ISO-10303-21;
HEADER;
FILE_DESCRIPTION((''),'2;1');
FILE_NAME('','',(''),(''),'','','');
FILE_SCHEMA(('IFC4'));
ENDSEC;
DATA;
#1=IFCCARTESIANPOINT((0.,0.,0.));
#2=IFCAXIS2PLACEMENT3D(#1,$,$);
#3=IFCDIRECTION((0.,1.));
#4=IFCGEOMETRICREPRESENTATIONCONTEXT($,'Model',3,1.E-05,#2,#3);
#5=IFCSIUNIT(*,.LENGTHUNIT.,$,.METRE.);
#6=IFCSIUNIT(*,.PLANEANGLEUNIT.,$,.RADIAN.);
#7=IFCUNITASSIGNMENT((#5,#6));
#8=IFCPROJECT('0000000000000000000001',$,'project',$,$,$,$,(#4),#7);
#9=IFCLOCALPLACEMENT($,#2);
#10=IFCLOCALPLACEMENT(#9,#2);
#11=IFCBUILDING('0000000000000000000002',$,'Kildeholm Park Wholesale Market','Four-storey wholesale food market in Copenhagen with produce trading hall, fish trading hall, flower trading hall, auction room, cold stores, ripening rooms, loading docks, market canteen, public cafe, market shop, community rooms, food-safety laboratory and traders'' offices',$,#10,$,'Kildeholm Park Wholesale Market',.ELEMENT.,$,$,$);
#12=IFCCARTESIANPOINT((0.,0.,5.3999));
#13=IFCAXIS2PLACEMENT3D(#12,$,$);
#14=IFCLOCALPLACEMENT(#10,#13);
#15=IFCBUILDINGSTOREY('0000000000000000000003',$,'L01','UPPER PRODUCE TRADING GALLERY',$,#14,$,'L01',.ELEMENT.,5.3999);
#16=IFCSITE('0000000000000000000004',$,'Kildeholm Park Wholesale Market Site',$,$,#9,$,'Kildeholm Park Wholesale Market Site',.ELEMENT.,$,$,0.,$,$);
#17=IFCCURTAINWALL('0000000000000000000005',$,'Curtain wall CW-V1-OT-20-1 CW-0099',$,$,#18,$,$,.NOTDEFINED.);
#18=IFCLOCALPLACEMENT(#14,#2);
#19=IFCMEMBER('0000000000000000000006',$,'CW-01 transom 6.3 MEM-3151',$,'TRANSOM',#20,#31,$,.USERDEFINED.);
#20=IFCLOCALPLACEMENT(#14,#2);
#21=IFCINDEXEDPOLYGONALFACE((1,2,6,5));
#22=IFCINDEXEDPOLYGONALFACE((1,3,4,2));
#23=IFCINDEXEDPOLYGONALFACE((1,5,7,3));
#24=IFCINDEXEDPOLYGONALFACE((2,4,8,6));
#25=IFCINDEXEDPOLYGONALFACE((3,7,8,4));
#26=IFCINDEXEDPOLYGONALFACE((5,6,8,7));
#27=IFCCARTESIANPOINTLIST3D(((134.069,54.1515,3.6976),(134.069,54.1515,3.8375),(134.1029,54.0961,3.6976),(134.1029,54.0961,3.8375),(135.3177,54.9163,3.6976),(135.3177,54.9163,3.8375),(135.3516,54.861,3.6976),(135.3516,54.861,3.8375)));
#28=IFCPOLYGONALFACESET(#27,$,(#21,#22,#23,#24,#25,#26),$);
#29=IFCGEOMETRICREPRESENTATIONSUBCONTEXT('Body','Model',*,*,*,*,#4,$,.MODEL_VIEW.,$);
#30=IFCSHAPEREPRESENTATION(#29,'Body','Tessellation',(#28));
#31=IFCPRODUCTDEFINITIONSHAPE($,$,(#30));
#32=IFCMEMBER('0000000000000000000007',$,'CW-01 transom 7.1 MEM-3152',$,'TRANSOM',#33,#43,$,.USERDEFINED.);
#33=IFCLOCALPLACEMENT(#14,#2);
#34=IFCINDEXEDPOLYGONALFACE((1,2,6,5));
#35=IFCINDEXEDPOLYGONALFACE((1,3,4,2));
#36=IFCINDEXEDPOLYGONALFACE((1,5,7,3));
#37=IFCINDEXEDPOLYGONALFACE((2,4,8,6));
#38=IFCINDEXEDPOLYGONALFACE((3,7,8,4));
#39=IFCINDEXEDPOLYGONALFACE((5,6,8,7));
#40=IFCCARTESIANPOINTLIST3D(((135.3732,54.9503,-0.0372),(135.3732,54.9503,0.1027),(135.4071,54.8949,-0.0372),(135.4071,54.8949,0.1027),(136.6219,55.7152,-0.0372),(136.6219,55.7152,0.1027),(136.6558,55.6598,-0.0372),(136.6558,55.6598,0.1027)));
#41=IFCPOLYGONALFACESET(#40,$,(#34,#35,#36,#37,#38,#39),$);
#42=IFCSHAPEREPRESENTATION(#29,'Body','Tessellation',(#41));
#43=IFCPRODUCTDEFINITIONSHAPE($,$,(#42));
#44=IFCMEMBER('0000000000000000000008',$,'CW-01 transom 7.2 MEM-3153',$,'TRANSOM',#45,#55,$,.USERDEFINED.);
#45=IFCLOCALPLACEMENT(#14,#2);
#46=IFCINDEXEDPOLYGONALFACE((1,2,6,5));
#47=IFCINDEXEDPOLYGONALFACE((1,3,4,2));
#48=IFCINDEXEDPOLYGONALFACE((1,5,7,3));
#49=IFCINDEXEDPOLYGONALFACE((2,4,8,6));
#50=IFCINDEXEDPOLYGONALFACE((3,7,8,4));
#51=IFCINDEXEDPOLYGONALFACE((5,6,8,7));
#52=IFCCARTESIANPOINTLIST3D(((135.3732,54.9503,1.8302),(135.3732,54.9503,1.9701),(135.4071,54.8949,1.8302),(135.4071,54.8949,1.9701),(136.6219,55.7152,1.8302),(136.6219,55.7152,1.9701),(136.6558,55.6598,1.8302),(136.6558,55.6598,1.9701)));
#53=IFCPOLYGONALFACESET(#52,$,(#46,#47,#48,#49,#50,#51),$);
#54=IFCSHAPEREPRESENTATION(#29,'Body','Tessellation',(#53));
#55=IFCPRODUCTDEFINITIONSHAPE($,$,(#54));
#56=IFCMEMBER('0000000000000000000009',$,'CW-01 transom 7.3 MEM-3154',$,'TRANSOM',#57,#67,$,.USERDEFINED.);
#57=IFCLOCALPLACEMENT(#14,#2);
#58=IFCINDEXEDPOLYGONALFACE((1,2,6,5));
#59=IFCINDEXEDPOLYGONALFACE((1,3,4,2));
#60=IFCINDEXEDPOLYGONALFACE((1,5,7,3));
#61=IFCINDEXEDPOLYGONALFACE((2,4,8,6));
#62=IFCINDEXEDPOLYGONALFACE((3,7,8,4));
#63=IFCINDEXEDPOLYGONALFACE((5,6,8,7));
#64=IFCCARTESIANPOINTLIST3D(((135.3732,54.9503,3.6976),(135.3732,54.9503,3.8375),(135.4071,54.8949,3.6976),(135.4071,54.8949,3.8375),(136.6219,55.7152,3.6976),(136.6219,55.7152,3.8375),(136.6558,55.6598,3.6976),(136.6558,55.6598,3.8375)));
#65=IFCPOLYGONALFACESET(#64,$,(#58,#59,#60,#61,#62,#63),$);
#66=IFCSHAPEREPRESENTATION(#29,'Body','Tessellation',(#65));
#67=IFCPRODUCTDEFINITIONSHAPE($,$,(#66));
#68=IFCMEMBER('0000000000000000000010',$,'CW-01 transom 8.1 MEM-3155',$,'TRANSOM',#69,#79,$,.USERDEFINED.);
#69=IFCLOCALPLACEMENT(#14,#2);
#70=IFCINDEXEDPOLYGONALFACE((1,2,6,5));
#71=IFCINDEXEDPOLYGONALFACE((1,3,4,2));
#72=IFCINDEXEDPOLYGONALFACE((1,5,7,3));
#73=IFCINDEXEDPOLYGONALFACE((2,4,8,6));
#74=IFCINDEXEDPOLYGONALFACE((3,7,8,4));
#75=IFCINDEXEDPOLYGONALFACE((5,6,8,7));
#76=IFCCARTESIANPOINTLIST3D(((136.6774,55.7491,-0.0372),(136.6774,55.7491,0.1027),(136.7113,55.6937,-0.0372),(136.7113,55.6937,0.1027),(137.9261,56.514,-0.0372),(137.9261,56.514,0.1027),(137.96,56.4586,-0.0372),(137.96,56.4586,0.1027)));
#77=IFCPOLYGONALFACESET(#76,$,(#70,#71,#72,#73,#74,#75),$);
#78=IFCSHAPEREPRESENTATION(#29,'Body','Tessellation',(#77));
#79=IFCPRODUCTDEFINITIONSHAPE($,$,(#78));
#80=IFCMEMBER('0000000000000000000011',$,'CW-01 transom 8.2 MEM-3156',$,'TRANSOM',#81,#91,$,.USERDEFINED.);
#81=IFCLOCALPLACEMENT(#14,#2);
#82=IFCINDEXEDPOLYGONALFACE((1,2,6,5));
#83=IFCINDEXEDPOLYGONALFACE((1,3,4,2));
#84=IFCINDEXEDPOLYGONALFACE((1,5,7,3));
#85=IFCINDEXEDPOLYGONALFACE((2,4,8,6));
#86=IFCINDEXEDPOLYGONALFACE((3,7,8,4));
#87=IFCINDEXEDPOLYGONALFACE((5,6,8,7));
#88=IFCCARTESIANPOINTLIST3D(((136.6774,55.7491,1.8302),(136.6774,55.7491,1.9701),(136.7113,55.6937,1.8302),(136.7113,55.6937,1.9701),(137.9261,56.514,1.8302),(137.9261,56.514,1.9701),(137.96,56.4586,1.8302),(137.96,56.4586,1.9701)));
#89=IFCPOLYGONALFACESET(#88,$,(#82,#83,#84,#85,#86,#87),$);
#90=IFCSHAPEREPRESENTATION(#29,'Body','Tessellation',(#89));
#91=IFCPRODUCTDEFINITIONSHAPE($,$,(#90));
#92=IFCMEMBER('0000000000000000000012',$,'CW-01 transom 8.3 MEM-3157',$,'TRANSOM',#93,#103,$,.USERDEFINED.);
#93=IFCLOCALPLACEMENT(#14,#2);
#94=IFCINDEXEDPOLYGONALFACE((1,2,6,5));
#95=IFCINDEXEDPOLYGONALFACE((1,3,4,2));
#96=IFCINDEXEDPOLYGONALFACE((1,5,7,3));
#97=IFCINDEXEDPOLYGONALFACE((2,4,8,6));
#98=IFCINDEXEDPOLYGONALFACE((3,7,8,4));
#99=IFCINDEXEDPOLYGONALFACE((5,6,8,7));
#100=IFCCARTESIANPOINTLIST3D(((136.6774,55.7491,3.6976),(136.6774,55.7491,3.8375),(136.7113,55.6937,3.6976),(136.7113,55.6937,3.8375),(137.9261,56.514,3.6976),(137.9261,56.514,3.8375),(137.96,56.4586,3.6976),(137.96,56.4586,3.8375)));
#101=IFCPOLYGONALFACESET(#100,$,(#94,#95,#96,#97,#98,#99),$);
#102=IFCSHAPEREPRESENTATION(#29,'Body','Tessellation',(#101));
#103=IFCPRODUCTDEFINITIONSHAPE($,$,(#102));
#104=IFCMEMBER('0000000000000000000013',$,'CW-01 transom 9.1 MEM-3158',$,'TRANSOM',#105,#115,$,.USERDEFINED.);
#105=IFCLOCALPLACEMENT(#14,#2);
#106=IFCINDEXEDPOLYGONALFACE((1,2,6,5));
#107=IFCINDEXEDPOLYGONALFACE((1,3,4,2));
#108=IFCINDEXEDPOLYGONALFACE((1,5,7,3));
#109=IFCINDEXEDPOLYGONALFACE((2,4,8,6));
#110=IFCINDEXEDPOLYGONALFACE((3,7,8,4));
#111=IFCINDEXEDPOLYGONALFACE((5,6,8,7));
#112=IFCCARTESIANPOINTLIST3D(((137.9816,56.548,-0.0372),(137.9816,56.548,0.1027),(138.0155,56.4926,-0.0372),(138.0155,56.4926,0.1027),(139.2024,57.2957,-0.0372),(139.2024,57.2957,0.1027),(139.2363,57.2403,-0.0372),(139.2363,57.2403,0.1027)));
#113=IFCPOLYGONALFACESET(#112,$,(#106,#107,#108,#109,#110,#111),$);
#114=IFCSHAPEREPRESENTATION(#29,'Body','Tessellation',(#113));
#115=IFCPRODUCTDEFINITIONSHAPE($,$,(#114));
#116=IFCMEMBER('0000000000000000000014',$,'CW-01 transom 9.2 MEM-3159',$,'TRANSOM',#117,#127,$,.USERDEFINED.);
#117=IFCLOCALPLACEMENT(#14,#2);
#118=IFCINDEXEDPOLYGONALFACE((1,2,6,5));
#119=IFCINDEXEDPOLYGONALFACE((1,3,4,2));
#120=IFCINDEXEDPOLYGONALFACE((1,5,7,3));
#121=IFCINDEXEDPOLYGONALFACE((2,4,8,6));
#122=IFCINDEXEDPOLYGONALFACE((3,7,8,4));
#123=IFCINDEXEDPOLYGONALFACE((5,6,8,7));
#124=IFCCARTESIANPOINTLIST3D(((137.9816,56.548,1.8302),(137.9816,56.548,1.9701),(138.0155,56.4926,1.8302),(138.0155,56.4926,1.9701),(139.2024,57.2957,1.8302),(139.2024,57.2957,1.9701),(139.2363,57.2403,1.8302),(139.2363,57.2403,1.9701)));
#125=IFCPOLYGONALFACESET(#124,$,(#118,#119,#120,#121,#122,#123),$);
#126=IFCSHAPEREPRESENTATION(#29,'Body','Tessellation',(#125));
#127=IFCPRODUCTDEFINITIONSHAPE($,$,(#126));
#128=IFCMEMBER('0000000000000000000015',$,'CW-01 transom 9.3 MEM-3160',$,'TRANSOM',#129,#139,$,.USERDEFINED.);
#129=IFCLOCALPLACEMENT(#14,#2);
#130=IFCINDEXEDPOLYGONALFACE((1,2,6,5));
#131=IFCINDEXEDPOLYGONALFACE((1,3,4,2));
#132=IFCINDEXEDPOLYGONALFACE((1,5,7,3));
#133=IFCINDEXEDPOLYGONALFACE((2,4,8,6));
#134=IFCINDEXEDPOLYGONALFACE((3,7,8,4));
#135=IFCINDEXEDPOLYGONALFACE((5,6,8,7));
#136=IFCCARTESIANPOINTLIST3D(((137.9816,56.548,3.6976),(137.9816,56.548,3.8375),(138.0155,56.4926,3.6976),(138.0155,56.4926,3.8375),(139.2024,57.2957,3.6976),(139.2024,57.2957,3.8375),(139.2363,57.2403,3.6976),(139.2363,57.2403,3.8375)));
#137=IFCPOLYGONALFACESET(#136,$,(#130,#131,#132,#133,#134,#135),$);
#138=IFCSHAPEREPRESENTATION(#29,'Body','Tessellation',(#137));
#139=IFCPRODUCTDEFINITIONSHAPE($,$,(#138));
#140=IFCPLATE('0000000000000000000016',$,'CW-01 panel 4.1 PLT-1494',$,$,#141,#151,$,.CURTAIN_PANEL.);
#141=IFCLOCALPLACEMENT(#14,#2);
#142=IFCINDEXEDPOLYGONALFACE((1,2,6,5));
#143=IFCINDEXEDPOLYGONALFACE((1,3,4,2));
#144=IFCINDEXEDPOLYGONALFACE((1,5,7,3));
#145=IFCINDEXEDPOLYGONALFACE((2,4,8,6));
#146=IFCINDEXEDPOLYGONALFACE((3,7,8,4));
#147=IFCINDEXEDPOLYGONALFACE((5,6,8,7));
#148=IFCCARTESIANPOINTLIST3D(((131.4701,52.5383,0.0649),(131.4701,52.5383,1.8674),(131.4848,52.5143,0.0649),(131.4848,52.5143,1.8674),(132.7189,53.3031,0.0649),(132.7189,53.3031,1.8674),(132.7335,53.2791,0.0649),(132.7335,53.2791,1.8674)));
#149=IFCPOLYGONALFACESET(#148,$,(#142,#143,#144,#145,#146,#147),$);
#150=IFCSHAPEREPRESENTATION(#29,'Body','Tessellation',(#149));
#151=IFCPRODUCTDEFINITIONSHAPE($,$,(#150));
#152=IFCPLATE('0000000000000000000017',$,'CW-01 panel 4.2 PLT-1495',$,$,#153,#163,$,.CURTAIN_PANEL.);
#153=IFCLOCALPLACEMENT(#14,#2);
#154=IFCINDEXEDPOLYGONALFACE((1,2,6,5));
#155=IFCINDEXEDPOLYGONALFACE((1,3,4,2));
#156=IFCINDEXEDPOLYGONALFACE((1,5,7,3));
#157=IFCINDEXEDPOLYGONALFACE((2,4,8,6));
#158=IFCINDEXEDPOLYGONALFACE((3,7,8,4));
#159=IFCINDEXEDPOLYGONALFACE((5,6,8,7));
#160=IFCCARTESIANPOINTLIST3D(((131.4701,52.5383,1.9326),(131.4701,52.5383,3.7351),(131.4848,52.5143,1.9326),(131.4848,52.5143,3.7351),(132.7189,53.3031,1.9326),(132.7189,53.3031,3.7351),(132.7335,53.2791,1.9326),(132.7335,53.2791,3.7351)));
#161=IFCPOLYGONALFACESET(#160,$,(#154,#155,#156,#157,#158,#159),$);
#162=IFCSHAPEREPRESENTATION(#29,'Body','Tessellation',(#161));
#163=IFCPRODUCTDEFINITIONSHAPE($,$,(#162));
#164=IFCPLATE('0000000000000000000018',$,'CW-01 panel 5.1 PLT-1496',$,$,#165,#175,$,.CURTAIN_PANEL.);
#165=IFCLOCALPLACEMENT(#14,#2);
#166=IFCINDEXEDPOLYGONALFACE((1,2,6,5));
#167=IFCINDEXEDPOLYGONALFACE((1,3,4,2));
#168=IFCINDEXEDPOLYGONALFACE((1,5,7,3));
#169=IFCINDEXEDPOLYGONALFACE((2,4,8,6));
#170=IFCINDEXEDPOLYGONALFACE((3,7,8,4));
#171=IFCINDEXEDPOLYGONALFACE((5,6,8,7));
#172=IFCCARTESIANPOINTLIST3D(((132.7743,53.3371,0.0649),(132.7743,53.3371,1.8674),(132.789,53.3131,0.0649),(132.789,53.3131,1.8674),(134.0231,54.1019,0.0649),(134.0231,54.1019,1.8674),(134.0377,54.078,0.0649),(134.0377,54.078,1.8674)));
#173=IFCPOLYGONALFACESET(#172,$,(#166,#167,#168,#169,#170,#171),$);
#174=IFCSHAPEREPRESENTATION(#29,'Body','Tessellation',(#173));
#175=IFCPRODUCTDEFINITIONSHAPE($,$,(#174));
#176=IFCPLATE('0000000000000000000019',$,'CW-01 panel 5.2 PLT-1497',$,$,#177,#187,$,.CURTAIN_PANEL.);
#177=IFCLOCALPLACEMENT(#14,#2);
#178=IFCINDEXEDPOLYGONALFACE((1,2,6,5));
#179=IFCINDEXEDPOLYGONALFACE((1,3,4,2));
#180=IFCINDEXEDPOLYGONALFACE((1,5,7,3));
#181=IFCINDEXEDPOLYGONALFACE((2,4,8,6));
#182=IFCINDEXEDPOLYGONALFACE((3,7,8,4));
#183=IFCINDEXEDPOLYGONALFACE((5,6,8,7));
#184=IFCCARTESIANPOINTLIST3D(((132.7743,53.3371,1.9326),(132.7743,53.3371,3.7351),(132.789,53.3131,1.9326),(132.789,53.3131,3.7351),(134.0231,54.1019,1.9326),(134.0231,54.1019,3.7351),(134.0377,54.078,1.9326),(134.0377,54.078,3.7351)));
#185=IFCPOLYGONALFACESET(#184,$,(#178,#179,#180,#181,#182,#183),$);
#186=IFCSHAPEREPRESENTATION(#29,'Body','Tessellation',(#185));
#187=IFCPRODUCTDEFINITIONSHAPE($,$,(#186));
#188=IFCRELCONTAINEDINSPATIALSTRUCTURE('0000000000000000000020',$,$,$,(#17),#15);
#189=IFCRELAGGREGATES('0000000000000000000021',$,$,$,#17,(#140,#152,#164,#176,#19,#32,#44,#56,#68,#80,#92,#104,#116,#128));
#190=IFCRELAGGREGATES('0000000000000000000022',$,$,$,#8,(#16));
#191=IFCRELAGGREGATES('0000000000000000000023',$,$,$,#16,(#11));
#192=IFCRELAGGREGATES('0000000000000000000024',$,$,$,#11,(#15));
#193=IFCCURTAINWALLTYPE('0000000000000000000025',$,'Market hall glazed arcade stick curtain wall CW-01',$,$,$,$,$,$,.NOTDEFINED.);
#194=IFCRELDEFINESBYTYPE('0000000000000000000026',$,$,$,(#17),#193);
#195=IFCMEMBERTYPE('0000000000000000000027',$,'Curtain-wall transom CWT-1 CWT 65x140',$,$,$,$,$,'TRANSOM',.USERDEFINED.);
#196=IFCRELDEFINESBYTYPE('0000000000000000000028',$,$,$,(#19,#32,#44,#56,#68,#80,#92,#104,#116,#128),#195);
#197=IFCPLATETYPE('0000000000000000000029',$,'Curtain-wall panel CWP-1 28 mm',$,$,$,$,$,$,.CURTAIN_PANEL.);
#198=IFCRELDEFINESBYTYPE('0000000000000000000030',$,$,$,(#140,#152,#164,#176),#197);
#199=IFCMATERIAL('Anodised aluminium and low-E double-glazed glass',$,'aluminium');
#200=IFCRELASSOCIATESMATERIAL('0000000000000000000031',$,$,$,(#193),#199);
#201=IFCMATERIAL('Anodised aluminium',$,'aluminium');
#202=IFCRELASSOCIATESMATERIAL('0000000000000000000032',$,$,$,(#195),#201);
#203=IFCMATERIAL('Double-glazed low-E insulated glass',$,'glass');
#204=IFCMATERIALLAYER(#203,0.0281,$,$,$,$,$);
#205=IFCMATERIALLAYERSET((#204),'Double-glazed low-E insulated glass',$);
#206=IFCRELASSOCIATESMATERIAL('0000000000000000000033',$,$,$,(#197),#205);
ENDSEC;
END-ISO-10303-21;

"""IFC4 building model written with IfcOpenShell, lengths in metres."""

from ifc_helpers import new_model, si_unit, direction, frame, origin, origin_2d, place, context, subcontext, project, spatial, rectangle, extrude, material, layer, layer_set, material_profile, profile_set, type_object, element, aggregate, save


model = new_model("IFC4")

# Units and contexts
model_context = context("Model", 3, precision=1e-05, world=origin(), true_north=direction((0.0, 1.0)))
body_context = subcontext(model_context, "Body", "Model", "MODEL_VIEW")
ifc_project = project(units=[si_unit("LENGTHUNIT", "METRE"), si_unit("PLANEANGLEUNIT", "RADIAN")], contexts=[model_context])

# Site, building, storey
site_placement = place(None, origin())
site = spatial("IfcSite", under=ifc_project, at=site_placement, Name="Kildeholm Park Wholesale Market Site", LongName="Kildeholm Park Wholesale Market Site", CompositionType="ELEMENT", RefElevation=0.0)
building_placement = place(site_placement, origin())
building = spatial("IfcBuilding", under=site, at=building_placement, Name="Kildeholm Park Wholesale Market", Description="Four-storey wholesale food market in Copenhagen with produce trading hall, fish trading hall, flower trading hall, auction room, cold stores, ripening rooms, loading docks, market canteen, public cafe, market shop, community rooms, food-safety laboratory and traders' offices", LongName="Kildeholm Park Wholesale Market", CompositionType="ELEMENT")
storey_placement = place(building_placement, frame((0.0, 0.0, 5.3999)))
storey = spatial("IfcBuildingStorey", under=building, at=storey_placement, Name="L01", Description="UPPER PRODUCE TRADING GALLERY", LongName="L01", CompositionType="ELEMENT", Elevation=5.3999)

# Curtain wall, members, plates
ifc_material_1 = material(Name="Anodised aluminium and low-E double-glazed glass", Category="aluminium")
curtain_wall_type = type_object("IfcCurtainWallType", Name="Market hall glazed arcade stick curtain wall CW-01", PredefinedType="NOTDEFINED", material=ifc_material_1)
curtain_wall_placement = place(storey_placement, origin())
curtain_wall = element("IfcCurtainWall", 1, at=curtain_wall_placement, inside=storey, type_object=curtain_wall_type, Name="Curtain wall CW-V1-OT-20-1 CW-0099", PredefinedType="NOTDEFINED")
ifc_material_2 = material(Name="Anodised aluminium", Category="aluminium")
ifc_material_profile_1 = material_profile(ifc_material_2, rectangle(XDim=0.0649, YDim=0.1399, at=origin_2d()), Name="CWT 65x140")
ifc_profile_set_1 = profile_set([ifc_material_profile_1], Name="Anodised aluminium")
member_type_1 = type_object("IfcMemberType", Name="Curtain-wall transom CWT-1 CWT 65x140", ElementType="TRANSOM", PredefinedType="USERDEFINED", material=ifc_profile_set_1)
member_1_placement = place(storey_placement, frame((134.0859, 54.1238, 3.7676), z_axis=(0.85275, 0.52232, 0.0), x_axis=(-0.52232, 0.85275, 0.0)))
member_1 = element("IfcMember", 2, at=member_1_placement, type_object=member_type_1, Name="CW-01 transom 6.3 MEM-3151", ObjectType="TRANSOM", PredefinedType="USERDEFINED", context=body_context, shape_type="SweptSolid", body=[
    extrude(rectangle(XDim=0.0649, YDim=0.1399, at=origin_2d()), origin(), (0.0, 0.0, 1.0), 1.4644),
])
member_2_placement = place(storey_placement, frame((135.3901, 54.9226, 0.0327), z_axis=(0.85275, 0.52232, 0.0), x_axis=(-0.52232, 0.85275, 0.0)))
member_2 = element("IfcMember", 3, at=member_2_placement, type_object=member_type_1, Name="CW-01 transom 7.1 MEM-3152", ObjectType="TRANSOM", PredefinedType="USERDEFINED", context=body_context, shape_type="SweptSolid", body=[
    extrude(rectangle(XDim=0.0649, YDim=0.1399, at=origin_2d()), origin(), (0.0, 0.0, 1.0), 1.4644),
])
member_3_placement = place(storey_placement, frame((135.3901, 54.9226, 1.9001), z_axis=(0.85275, 0.52232, 0.0), x_axis=(-0.52232, 0.85275, 0.0)))
member_3 = element("IfcMember", 4, at=member_3_placement, type_object=member_type_1, Name="CW-01 transom 7.2 MEM-3153", ObjectType="TRANSOM", PredefinedType="USERDEFINED", context=body_context, shape_type="SweptSolid", body=[
    extrude(rectangle(XDim=0.0649, YDim=0.1399, at=origin_2d()), origin(), (0.0, 0.0, 1.0), 1.4644),
])
member_4_placement = place(storey_placement, frame((135.3901, 54.9226, 3.7676), z_axis=(0.85275, 0.52232, 0.0), x_axis=(-0.52232, 0.85275, 0.0)))
member_4 = element("IfcMember", 5, at=member_4_placement, type_object=member_type_1, Name="CW-01 transom 7.3 MEM-3154", ObjectType="TRANSOM", PredefinedType="USERDEFINED", context=body_context, shape_type="SweptSolid", body=[
    extrude(rectangle(XDim=0.0649, YDim=0.1399, at=origin_2d()), origin(), (0.0, 0.0, 1.0), 1.4644),
])
member_5_placement = place(storey_placement, frame((136.6943, 55.7214, 0.0327), z_axis=(0.85275, 0.52232, 0.0), x_axis=(-0.52232, 0.85275, 0.0)))
member_5 = element("IfcMember", 6, at=member_5_placement, type_object=member_type_1, Name="CW-01 transom 8.1 MEM-3155", ObjectType="TRANSOM", PredefinedType="USERDEFINED", context=body_context, shape_type="SweptSolid", body=[
    extrude(rectangle(XDim=0.0649, YDim=0.1399, at=origin_2d()), origin(), (0.0, 0.0, 1.0), 1.4644),
])
member_6_placement = place(storey_placement, frame((136.6943, 55.7214, 1.9001), z_axis=(0.85275, 0.52232, 0.0), x_axis=(-0.52232, 0.85275, 0.0)))
member_6 = element("IfcMember", 7, at=member_6_placement, type_object=member_type_1, Name="CW-01 transom 8.2 MEM-3156", ObjectType="TRANSOM", PredefinedType="USERDEFINED", context=body_context, shape_type="SweptSolid", body=[
    extrude(rectangle(XDim=0.0649, YDim=0.1399, at=origin_2d()), origin(), (0.0, 0.0, 1.0), 1.4644),
])
member_7_placement = place(storey_placement, frame((136.6943, 55.7214, 3.7676), z_axis=(0.85275, 0.52232, 0.0), x_axis=(-0.52232, 0.85275, 0.0)))
member_7 = element("IfcMember", 8, at=member_7_placement, type_object=member_type_1, Name="CW-01 transom 8.3 MEM-3157", ObjectType="TRANSOM", PredefinedType="USERDEFINED", context=body_context, shape_type="SweptSolid", body=[
    extrude(rectangle(XDim=0.0649, YDim=0.1399, at=origin_2d()), origin(), (0.0, 0.0, 1.0), 1.4644),
])
member_8_placement = place(storey_placement, frame((137.9985, 56.5203, 0.0327), z_axis=(0.852763, 0.522298, 0.0), x_axis=(-0.522298, 0.852763, 0.0)))
member_8 = element("IfcMember", 9, at=member_8_placement, type_object=member_type_1, Name="CW-01 transom 9.1 MEM-3158", ObjectType="TRANSOM", PredefinedType="USERDEFINED", context=body_context, shape_type="SweptSolid", body=[
    extrude(rectangle(XDim=0.0649, YDim=0.1399, at=origin_2d()), origin(), (0.0, 0.0, 1.0), 1.4316),
])
member_9_placement = place(storey_placement, frame((137.9985, 56.5203, 1.9001), z_axis=(0.852763, 0.522298, 0.0), x_axis=(-0.522298, 0.852763, 0.0)))
member_9 = element("IfcMember", 10, at=member_9_placement, type_object=member_type_1, Name="CW-01 transom 9.2 MEM-3159", ObjectType="TRANSOM", PredefinedType="USERDEFINED", context=body_context, shape_type="SweptSolid", body=[
    extrude(rectangle(XDim=0.0649, YDim=0.1399, at=origin_2d()), origin(), (0.0, 0.0, 1.0), 1.4316),
])
member_10_placement = place(storey_placement, frame((137.9985, 56.5203, 3.7676), z_axis=(0.852763, 0.522298, 0.0), x_axis=(-0.522298, 0.852763, 0.0)))
member_10 = element("IfcMember", 11, at=member_10_placement, type_object=member_type_1, Name="CW-01 transom 9.3 MEM-3160", ObjectType="TRANSOM", PredefinedType="USERDEFINED", context=body_context, shape_type="SweptSolid", body=[
    extrude(rectangle(XDim=0.0649, YDim=0.1399, at=origin_2d()), origin(), (0.0, 0.0, 1.0), 1.4316),
])
ifc_material_3 = material(Name="Double-glazed low-E insulated glass", Category="glass")
ifc_layer = layer(ifc_material_3, 0.0281)
ifc_layer_set = layer_set([ifc_layer], Name="Double-glazed low-E insulated glass")
plate_type = type_object("IfcPlateType", Name="Curtain-wall panel CWP-1 28 mm", PredefinedType="CURTAIN_PANEL", material=ifc_layer_set)
plate_1_placement = place(storey_placement, frame((132.1018, 52.9087, 0.0649), z_axis=(0.0, 0.0, 1.0), x_axis=(0.852771, 0.522284, 0.0)))
plate_1 = element("IfcPlate", 12, at=plate_1_placement, type_object=plate_type, Name="CW-01 panel 4.1 PLT-1494", PredefinedType="CURTAIN_PANEL", context=body_context, shape_type="SweptSolid", body=[
    extrude(rectangle(XDim=1.4644, YDim=0.0281, at=origin_2d()), origin(), (0.0, 0.0, 1.0), 1.8025),
])
plate_2_placement = place(storey_placement, frame((132.1018, 52.9087, 1.9326), z_axis=(0.0, 0.0, 1.0), x_axis=(0.852771, 0.522284, 0.0)))
plate_2 = element("IfcPlate", 13, at=plate_2_placement, type_object=plate_type, Name="CW-01 panel 4.2 PLT-1495", PredefinedType="CURTAIN_PANEL", context=body_context, shape_type="SweptSolid", body=[
    extrude(rectangle(XDim=1.4644, YDim=0.0281, at=origin_2d()), origin(), (0.0, 0.0, 1.0), 1.8025),
])
plate_3_placement = place(storey_placement, frame((133.406, 53.7075, 0.0649), z_axis=(0.0, 0.0, 1.0), x_axis=(0.852771, 0.522284, 0.0)))
plate_3 = element("IfcPlate", 14, at=plate_3_placement, type_object=plate_type, Name="CW-01 panel 5.1 PLT-1496", PredefinedType="CURTAIN_PANEL", context=body_context, shape_type="SweptSolid", body=[
    extrude(rectangle(XDim=1.4644, YDim=0.0281, at=origin_2d()), origin(), (0.0, 0.0, 1.0), 1.8025),
])
plate_4_placement = place(storey_placement, frame((133.406, 53.7075, 1.9326), z_axis=(0.0, 0.0, 1.0), x_axis=(0.852771, 0.522284, 0.0)))
plate_4 = element("IfcPlate", 15, at=plate_4_placement, type_object=plate_type, Name="CW-01 panel 5.2 PLT-1497", PredefinedType="CURTAIN_PANEL", context=body_context, shape_type="SweptSolid", body=[
    extrude(rectangle(XDim=1.4644, YDim=0.0281, at=origin_2d()), origin(), (0.0, 0.0, 1.0), 1.8025),
])
aggregate(curtain_wall, [plate_1, plate_2, plate_3, plate_4, member_1, member_2, member_3, member_4, member_5, member_6, member_7, member_8, member_9, member_10])

save(model, "model.ifc")
